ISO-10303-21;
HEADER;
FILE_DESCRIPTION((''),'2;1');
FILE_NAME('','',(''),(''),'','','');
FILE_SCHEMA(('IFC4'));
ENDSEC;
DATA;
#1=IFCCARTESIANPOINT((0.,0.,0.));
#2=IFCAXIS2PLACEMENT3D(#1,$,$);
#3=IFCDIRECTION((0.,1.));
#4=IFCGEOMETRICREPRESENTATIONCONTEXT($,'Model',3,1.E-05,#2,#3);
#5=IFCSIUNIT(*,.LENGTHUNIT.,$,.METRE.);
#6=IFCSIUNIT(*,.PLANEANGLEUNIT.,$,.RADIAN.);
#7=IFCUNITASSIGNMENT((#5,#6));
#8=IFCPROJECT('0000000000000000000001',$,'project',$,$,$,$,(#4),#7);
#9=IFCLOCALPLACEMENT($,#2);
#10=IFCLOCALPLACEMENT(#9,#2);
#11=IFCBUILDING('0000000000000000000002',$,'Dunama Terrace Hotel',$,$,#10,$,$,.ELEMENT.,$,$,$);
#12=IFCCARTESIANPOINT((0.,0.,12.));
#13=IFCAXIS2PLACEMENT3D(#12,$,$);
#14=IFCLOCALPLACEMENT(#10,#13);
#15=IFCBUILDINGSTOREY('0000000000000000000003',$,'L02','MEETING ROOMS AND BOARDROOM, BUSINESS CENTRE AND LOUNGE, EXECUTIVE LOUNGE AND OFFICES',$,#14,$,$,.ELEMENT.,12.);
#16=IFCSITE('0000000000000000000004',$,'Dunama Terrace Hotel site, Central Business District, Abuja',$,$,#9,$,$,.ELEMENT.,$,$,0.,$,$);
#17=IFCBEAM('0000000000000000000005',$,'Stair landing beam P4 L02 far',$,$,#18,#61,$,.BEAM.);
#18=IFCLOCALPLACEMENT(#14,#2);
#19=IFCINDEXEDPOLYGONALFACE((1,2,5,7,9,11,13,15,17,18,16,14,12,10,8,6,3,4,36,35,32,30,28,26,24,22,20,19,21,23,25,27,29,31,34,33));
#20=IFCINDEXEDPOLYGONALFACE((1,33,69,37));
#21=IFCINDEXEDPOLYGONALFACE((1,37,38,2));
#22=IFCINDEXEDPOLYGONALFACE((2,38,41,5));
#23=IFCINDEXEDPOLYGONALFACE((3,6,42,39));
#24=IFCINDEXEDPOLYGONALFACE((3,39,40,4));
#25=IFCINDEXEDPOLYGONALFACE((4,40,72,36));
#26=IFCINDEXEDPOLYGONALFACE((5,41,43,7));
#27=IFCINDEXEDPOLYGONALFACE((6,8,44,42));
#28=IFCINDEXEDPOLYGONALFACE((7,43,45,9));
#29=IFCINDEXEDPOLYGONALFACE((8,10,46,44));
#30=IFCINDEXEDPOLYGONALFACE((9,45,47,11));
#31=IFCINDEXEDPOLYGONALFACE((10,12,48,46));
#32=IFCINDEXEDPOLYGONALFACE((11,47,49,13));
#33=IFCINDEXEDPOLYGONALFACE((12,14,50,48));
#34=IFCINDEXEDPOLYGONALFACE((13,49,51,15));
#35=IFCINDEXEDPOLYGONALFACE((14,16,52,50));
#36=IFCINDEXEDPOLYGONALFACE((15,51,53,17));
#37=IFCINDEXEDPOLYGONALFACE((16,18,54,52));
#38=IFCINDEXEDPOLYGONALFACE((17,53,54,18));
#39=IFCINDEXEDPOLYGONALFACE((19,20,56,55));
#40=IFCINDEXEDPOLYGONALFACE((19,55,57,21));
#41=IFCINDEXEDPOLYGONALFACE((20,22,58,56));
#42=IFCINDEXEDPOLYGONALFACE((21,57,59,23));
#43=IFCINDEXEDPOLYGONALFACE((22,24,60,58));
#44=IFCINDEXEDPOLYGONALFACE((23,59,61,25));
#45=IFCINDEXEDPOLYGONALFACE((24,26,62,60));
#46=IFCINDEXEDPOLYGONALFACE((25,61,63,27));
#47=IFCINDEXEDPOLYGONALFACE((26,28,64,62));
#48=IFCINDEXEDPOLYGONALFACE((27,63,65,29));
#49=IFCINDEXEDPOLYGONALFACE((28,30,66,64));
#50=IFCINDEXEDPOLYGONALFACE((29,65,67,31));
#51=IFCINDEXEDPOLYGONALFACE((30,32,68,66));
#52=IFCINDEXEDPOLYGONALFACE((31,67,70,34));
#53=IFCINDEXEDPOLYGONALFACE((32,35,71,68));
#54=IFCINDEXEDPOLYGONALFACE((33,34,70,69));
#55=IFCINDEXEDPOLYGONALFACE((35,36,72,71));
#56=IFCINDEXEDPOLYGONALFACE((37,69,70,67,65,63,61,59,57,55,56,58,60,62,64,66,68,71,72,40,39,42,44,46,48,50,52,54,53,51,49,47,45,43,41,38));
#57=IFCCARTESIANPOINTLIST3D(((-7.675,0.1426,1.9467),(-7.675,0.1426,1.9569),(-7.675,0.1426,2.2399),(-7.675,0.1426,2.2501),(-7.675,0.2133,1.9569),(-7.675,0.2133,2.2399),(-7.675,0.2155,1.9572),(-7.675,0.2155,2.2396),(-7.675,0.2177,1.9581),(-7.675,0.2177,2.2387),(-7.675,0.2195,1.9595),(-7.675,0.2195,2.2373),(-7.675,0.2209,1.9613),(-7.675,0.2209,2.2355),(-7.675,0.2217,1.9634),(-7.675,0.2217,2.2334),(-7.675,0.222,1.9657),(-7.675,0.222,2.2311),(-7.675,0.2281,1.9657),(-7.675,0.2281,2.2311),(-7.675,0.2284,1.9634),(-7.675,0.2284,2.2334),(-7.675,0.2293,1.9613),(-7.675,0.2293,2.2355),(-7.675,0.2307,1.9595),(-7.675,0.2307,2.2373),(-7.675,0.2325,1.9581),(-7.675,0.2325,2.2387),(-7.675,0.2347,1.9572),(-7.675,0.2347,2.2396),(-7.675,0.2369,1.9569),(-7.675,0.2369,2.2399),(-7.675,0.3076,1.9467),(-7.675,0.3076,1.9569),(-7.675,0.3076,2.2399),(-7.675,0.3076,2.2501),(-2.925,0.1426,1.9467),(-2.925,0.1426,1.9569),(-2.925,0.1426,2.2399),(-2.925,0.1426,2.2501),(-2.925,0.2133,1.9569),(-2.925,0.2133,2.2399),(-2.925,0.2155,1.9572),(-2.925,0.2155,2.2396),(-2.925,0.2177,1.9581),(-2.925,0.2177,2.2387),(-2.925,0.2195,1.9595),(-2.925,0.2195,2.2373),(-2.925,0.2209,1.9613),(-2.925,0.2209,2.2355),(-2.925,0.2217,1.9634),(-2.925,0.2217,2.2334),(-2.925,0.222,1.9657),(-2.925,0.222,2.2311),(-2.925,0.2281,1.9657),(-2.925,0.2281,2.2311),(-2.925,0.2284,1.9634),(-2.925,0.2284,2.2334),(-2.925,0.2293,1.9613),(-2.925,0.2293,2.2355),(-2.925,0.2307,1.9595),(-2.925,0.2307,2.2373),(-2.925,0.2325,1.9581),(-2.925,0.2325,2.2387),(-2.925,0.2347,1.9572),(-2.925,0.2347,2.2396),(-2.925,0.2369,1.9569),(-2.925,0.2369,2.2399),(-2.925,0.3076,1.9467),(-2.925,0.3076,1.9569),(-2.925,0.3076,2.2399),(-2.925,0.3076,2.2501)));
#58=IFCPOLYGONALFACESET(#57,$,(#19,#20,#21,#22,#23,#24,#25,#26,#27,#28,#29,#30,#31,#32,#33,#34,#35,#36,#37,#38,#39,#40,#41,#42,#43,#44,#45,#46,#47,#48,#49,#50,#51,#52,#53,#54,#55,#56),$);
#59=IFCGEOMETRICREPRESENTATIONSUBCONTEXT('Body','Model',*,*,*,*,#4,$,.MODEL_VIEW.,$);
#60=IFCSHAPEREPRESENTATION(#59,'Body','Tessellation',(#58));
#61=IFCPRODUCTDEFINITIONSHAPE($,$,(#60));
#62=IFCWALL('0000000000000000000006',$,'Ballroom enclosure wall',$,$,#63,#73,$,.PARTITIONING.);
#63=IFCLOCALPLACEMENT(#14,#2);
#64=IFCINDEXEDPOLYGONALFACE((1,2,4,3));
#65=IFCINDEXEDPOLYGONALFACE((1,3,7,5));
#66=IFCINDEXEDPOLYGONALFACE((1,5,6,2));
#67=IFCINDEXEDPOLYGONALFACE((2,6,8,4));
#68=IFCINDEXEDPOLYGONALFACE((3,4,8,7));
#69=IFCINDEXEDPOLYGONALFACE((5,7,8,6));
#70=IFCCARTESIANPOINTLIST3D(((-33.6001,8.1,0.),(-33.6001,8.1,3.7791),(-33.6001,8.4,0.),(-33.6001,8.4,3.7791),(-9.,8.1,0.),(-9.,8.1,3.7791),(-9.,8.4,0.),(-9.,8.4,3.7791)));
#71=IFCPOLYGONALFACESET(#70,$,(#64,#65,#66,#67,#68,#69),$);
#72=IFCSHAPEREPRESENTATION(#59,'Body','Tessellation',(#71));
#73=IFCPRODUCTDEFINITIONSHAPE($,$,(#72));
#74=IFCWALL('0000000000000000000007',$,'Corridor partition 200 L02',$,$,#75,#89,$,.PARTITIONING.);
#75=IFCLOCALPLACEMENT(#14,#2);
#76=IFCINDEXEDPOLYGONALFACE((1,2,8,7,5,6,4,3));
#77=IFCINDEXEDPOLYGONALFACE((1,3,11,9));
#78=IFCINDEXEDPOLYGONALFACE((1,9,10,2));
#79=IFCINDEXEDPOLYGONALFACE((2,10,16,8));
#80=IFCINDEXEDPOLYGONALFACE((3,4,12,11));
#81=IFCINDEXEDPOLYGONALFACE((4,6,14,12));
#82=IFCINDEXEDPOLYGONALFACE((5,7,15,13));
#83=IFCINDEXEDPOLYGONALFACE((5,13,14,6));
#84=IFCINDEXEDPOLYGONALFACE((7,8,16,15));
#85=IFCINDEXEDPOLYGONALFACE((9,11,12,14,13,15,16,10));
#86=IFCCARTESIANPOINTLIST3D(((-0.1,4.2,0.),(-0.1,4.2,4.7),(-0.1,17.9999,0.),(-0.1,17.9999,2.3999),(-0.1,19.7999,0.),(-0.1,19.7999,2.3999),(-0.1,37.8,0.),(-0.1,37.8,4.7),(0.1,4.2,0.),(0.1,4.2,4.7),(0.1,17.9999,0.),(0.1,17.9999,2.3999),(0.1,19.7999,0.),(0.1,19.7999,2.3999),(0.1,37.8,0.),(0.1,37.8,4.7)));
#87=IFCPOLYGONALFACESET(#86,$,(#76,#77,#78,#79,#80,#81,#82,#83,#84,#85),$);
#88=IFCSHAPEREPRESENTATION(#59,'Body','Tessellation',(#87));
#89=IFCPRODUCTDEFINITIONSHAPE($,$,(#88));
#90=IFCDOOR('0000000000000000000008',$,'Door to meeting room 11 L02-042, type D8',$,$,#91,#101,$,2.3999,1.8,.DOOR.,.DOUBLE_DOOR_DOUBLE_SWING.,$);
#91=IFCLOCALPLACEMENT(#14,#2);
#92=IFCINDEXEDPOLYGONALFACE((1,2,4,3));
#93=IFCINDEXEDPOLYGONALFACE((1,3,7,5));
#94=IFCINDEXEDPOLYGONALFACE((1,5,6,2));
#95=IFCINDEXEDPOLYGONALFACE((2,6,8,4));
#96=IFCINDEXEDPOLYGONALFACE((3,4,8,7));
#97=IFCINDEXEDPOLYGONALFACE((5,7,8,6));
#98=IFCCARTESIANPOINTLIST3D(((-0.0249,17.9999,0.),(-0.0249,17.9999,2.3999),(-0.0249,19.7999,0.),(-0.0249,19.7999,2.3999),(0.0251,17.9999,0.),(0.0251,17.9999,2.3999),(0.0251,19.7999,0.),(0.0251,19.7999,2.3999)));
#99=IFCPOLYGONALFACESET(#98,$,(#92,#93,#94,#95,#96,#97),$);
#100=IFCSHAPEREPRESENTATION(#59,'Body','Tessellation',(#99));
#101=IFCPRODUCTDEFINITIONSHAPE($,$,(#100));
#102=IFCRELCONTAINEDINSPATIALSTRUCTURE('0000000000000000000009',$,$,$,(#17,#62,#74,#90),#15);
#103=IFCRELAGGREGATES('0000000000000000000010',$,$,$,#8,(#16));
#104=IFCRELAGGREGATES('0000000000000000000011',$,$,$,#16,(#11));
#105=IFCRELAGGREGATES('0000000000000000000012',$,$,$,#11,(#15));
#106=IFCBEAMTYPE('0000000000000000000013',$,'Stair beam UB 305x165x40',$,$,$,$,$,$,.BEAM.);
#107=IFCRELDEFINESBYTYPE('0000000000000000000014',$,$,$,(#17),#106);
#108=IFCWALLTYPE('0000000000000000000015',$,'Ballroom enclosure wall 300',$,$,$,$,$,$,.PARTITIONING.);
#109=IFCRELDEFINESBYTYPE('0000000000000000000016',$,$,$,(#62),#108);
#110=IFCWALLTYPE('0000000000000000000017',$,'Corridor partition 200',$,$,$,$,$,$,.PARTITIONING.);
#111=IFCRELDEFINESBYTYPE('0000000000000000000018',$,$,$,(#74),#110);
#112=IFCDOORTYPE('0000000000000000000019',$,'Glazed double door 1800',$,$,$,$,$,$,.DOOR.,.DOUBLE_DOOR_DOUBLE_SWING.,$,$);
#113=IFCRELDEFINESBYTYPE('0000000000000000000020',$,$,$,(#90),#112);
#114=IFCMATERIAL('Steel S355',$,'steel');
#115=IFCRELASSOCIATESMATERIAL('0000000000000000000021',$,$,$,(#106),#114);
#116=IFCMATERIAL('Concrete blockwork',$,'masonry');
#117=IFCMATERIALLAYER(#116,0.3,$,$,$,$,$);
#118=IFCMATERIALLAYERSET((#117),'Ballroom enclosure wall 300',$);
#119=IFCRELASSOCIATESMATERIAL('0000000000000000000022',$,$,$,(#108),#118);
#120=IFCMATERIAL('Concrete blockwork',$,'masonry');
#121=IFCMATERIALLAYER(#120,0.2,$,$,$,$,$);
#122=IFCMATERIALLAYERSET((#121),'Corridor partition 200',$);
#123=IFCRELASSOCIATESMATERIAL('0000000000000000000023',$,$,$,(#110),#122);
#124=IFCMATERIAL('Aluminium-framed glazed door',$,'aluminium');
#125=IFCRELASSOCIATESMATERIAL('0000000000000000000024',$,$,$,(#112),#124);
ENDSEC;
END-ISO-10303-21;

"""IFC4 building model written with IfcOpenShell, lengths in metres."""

from ifc_helpers import new_model, si_unit, direction, frame, frame_2d, origin, origin_2d, place, context, subcontext, project, spatial, rectangle, i_section, extrude, material, layer, layer_set, material_profile, profile_set, type_object, element, fill, save


model = new_model("IFC4")

# Units and contexts
model_context = context("Model", 3, precision=1e-05, world=origin(), true_north=direction((0.0, 1.0)))
body_context = subcontext(model_context, "Body", "Model", "MODEL_VIEW")
ifc_project = project(units=[si_unit("LENGTHUNIT", "METRE"), si_unit("PLANEANGLEUNIT", "RADIAN")], contexts=[model_context])

# Site, building, storey
site_placement = place(None, origin())
site = spatial("IfcSite", under=ifc_project, at=site_placement, Name="Dunama Terrace Hotel site, Central Business District, Abuja", CompositionType="ELEMENT", RefElevation=0.0)
building_placement = place(site_placement, origin())
building = spatial("IfcBuilding", under=site, at=building_placement, Name="Dunama Terrace Hotel", CompositionType="ELEMENT")
storey_placement = place(building_placement, frame((0.0, 0.0, 12.0)))
storey = spatial("IfcBuildingStorey", under=building, at=storey_placement, Name="L02", Description="MEETING ROOMS AND BOARDROOM, BUSINESS CENTRE AND LOUNGE, EXECUTIVE LOUNGE AND OFFICES", CompositionType="ELEMENT", Elevation=12.0)

# Beam
ifc_material_1 = material(Name="Steel S355", Category="steel")
ifc_material_profile_1 = material_profile(ifc_material_1, i_section(OverallWidth=0.165, OverallDepth=0.3035, WebThickness=0.0061, FlangeThickness=0.0103, FilletRadius=0.0088, at=origin_2d()), Name="UB 305x165x40")
ifc_profile_set_1 = profile_set([ifc_material_profile_1], Name="Steel S355")
beam_type = type_object("IfcBeamType", Name="Stair beam UB 305x165x40", PredefinedType="BEAM", material=ifc_profile_set_1)
for number, where, z_axis, x_axis, name in (
    (1, (-7.675, 0.2251, 2.0984), (1.0, 0.0, 0.0), (0.0, 1.0, 0.0), "Stair landing beam P4 L02 far"),
):
    element("IfcBeam", number, at=place(storey_placement, frame(where, z_axis=z_axis, x_axis=x_axis)), inside=storey, type_object=beam_type, Name=name, PredefinedType="BEAM", context=body_context, shape_type="SweptSolid", body=[
        extrude(i_section(OverallWidth=0.165, OverallDepth=0.3035, WebThickness=0.0061, FlangeThickness=0.0103, FilletRadius=0.0088, at=origin_2d()), origin(), (0.0, 0.0, 1.0), 4.75),
    ])

# Wall
ifc_material_2 = material(Name="Concrete blockwork", Category="masonry")
ifc_layer_1 = layer(ifc_material_2, 0.3)
ifc_layer_set_1 = layer_set([ifc_layer_1], Name="Ballroom enclosure wall 300")
wall_type_1 = type_object("IfcWallType", Name="Ballroom enclosure wall 300", PredefinedType="PARTITIONING", material=ifc_layer_set_1)
wall_1_placement = place(storey_placement, frame((-9.0, 8.25, 0.0), z_axis=(0.0, 0.0, 1.0), x_axis=(-1.0, 0.0, 0.0)))
element("IfcWall", 2, at=wall_1_placement, inside=storey, type_object=wall_type_1, Name="Ballroom enclosure wall", PredefinedType="PARTITIONING", context=body_context, shape_type="SweptSolid", body=[
    extrude(rectangle(XDim=24.6001, YDim=0.3, at=frame_2d((12.3, 0.0))), origin(), (0.0, 0.0, 1.0), 3.7791),
])

# Wall, opening, door
ifc_material_3 = material(Name="Concrete blockwork", Category="masonry")
ifc_layer_2 = layer(ifc_material_3, 0.2)
ifc_layer_set_2 = layer_set([ifc_layer_2], Name="Corridor partition 200")
wall_type_2 = type_object("IfcWallType", Name="Corridor partition 200", PredefinedType="PARTITIONING", material=ifc_layer_set_2)
wall_2_placement = place(storey_placement, frame((0.0, 4.2, 0.0), z_axis=(0.0, 0.0, 1.0), x_axis=(0.0, 1.0, 0.0)))
wall_2 = element("IfcWall", 3, at=wall_2_placement, inside=storey, type_object=wall_type_2, Name="Corridor partition 200 L02", PredefinedType="PARTITIONING", context=body_context, shape_type="SweptSolid", body=[
    extrude(rectangle(XDim=33.6001, YDim=0.2, at=frame_2d((16.8, 0.0))), origin(), (0.0, 0.0, 1.0), 4.7),
])
opening_1_placement = place(wall_2_placement, frame((13.8, 0.0, 0.0)))
opening_1 = element("IfcOpeningElement", 4, at=opening_1_placement, cuts=wall_2, PredefinedType="OPENING", context=body_context, shape_type="SweptSolid", body=[
    extrude(rectangle(XDim=1.8, YDim=2.3999, at=frame_2d((0.8999, 1.2))), frame((0.0, 0.1099, 0.0), z_axis=(0.0, -1.0, 0.0), x_axis=(1.0, 0.0, 0.0)), (0.0, 0.0, 1.0), 0.22),
])
ifc_material_4 = material(Name="Aluminium-framed glazed door", Category="aluminium")
door_type_1 = type_object("IfcDoorType", Name="Glazed double door 1800", OperationType="DOUBLE_DOOR_DOUBLE_SWING", PredefinedType="DOOR", material=ifc_material_4)
door_1_placement = place(opening_1_placement, origin())
door_1 = element("IfcDoor", 5, at=door_1_placement, inside=storey, type_object=door_type_1, Name="Door to meeting room 11 L02-042, type D8", OperationType="DOUBLE_DOOR_DOUBLE_SWING", OverallHeight=2.3999, OverallWidth=1.8, PredefinedType="DOOR", context=body_context, shape_type="SweptSolid", body=[
    extrude(rectangle(XDim=1.8, YDim=2.3999, at=frame_2d((0.8999, 1.2))), frame((0.0, 0.0249, 0.0), z_axis=(0.0, -1.0, 0.0), x_axis=(1.0, 0.0, 0.0)), (0.0, 0.0, 1.0), 0.05),
])
fill(opening_1, door_1)

save(model, "model.ifc")
